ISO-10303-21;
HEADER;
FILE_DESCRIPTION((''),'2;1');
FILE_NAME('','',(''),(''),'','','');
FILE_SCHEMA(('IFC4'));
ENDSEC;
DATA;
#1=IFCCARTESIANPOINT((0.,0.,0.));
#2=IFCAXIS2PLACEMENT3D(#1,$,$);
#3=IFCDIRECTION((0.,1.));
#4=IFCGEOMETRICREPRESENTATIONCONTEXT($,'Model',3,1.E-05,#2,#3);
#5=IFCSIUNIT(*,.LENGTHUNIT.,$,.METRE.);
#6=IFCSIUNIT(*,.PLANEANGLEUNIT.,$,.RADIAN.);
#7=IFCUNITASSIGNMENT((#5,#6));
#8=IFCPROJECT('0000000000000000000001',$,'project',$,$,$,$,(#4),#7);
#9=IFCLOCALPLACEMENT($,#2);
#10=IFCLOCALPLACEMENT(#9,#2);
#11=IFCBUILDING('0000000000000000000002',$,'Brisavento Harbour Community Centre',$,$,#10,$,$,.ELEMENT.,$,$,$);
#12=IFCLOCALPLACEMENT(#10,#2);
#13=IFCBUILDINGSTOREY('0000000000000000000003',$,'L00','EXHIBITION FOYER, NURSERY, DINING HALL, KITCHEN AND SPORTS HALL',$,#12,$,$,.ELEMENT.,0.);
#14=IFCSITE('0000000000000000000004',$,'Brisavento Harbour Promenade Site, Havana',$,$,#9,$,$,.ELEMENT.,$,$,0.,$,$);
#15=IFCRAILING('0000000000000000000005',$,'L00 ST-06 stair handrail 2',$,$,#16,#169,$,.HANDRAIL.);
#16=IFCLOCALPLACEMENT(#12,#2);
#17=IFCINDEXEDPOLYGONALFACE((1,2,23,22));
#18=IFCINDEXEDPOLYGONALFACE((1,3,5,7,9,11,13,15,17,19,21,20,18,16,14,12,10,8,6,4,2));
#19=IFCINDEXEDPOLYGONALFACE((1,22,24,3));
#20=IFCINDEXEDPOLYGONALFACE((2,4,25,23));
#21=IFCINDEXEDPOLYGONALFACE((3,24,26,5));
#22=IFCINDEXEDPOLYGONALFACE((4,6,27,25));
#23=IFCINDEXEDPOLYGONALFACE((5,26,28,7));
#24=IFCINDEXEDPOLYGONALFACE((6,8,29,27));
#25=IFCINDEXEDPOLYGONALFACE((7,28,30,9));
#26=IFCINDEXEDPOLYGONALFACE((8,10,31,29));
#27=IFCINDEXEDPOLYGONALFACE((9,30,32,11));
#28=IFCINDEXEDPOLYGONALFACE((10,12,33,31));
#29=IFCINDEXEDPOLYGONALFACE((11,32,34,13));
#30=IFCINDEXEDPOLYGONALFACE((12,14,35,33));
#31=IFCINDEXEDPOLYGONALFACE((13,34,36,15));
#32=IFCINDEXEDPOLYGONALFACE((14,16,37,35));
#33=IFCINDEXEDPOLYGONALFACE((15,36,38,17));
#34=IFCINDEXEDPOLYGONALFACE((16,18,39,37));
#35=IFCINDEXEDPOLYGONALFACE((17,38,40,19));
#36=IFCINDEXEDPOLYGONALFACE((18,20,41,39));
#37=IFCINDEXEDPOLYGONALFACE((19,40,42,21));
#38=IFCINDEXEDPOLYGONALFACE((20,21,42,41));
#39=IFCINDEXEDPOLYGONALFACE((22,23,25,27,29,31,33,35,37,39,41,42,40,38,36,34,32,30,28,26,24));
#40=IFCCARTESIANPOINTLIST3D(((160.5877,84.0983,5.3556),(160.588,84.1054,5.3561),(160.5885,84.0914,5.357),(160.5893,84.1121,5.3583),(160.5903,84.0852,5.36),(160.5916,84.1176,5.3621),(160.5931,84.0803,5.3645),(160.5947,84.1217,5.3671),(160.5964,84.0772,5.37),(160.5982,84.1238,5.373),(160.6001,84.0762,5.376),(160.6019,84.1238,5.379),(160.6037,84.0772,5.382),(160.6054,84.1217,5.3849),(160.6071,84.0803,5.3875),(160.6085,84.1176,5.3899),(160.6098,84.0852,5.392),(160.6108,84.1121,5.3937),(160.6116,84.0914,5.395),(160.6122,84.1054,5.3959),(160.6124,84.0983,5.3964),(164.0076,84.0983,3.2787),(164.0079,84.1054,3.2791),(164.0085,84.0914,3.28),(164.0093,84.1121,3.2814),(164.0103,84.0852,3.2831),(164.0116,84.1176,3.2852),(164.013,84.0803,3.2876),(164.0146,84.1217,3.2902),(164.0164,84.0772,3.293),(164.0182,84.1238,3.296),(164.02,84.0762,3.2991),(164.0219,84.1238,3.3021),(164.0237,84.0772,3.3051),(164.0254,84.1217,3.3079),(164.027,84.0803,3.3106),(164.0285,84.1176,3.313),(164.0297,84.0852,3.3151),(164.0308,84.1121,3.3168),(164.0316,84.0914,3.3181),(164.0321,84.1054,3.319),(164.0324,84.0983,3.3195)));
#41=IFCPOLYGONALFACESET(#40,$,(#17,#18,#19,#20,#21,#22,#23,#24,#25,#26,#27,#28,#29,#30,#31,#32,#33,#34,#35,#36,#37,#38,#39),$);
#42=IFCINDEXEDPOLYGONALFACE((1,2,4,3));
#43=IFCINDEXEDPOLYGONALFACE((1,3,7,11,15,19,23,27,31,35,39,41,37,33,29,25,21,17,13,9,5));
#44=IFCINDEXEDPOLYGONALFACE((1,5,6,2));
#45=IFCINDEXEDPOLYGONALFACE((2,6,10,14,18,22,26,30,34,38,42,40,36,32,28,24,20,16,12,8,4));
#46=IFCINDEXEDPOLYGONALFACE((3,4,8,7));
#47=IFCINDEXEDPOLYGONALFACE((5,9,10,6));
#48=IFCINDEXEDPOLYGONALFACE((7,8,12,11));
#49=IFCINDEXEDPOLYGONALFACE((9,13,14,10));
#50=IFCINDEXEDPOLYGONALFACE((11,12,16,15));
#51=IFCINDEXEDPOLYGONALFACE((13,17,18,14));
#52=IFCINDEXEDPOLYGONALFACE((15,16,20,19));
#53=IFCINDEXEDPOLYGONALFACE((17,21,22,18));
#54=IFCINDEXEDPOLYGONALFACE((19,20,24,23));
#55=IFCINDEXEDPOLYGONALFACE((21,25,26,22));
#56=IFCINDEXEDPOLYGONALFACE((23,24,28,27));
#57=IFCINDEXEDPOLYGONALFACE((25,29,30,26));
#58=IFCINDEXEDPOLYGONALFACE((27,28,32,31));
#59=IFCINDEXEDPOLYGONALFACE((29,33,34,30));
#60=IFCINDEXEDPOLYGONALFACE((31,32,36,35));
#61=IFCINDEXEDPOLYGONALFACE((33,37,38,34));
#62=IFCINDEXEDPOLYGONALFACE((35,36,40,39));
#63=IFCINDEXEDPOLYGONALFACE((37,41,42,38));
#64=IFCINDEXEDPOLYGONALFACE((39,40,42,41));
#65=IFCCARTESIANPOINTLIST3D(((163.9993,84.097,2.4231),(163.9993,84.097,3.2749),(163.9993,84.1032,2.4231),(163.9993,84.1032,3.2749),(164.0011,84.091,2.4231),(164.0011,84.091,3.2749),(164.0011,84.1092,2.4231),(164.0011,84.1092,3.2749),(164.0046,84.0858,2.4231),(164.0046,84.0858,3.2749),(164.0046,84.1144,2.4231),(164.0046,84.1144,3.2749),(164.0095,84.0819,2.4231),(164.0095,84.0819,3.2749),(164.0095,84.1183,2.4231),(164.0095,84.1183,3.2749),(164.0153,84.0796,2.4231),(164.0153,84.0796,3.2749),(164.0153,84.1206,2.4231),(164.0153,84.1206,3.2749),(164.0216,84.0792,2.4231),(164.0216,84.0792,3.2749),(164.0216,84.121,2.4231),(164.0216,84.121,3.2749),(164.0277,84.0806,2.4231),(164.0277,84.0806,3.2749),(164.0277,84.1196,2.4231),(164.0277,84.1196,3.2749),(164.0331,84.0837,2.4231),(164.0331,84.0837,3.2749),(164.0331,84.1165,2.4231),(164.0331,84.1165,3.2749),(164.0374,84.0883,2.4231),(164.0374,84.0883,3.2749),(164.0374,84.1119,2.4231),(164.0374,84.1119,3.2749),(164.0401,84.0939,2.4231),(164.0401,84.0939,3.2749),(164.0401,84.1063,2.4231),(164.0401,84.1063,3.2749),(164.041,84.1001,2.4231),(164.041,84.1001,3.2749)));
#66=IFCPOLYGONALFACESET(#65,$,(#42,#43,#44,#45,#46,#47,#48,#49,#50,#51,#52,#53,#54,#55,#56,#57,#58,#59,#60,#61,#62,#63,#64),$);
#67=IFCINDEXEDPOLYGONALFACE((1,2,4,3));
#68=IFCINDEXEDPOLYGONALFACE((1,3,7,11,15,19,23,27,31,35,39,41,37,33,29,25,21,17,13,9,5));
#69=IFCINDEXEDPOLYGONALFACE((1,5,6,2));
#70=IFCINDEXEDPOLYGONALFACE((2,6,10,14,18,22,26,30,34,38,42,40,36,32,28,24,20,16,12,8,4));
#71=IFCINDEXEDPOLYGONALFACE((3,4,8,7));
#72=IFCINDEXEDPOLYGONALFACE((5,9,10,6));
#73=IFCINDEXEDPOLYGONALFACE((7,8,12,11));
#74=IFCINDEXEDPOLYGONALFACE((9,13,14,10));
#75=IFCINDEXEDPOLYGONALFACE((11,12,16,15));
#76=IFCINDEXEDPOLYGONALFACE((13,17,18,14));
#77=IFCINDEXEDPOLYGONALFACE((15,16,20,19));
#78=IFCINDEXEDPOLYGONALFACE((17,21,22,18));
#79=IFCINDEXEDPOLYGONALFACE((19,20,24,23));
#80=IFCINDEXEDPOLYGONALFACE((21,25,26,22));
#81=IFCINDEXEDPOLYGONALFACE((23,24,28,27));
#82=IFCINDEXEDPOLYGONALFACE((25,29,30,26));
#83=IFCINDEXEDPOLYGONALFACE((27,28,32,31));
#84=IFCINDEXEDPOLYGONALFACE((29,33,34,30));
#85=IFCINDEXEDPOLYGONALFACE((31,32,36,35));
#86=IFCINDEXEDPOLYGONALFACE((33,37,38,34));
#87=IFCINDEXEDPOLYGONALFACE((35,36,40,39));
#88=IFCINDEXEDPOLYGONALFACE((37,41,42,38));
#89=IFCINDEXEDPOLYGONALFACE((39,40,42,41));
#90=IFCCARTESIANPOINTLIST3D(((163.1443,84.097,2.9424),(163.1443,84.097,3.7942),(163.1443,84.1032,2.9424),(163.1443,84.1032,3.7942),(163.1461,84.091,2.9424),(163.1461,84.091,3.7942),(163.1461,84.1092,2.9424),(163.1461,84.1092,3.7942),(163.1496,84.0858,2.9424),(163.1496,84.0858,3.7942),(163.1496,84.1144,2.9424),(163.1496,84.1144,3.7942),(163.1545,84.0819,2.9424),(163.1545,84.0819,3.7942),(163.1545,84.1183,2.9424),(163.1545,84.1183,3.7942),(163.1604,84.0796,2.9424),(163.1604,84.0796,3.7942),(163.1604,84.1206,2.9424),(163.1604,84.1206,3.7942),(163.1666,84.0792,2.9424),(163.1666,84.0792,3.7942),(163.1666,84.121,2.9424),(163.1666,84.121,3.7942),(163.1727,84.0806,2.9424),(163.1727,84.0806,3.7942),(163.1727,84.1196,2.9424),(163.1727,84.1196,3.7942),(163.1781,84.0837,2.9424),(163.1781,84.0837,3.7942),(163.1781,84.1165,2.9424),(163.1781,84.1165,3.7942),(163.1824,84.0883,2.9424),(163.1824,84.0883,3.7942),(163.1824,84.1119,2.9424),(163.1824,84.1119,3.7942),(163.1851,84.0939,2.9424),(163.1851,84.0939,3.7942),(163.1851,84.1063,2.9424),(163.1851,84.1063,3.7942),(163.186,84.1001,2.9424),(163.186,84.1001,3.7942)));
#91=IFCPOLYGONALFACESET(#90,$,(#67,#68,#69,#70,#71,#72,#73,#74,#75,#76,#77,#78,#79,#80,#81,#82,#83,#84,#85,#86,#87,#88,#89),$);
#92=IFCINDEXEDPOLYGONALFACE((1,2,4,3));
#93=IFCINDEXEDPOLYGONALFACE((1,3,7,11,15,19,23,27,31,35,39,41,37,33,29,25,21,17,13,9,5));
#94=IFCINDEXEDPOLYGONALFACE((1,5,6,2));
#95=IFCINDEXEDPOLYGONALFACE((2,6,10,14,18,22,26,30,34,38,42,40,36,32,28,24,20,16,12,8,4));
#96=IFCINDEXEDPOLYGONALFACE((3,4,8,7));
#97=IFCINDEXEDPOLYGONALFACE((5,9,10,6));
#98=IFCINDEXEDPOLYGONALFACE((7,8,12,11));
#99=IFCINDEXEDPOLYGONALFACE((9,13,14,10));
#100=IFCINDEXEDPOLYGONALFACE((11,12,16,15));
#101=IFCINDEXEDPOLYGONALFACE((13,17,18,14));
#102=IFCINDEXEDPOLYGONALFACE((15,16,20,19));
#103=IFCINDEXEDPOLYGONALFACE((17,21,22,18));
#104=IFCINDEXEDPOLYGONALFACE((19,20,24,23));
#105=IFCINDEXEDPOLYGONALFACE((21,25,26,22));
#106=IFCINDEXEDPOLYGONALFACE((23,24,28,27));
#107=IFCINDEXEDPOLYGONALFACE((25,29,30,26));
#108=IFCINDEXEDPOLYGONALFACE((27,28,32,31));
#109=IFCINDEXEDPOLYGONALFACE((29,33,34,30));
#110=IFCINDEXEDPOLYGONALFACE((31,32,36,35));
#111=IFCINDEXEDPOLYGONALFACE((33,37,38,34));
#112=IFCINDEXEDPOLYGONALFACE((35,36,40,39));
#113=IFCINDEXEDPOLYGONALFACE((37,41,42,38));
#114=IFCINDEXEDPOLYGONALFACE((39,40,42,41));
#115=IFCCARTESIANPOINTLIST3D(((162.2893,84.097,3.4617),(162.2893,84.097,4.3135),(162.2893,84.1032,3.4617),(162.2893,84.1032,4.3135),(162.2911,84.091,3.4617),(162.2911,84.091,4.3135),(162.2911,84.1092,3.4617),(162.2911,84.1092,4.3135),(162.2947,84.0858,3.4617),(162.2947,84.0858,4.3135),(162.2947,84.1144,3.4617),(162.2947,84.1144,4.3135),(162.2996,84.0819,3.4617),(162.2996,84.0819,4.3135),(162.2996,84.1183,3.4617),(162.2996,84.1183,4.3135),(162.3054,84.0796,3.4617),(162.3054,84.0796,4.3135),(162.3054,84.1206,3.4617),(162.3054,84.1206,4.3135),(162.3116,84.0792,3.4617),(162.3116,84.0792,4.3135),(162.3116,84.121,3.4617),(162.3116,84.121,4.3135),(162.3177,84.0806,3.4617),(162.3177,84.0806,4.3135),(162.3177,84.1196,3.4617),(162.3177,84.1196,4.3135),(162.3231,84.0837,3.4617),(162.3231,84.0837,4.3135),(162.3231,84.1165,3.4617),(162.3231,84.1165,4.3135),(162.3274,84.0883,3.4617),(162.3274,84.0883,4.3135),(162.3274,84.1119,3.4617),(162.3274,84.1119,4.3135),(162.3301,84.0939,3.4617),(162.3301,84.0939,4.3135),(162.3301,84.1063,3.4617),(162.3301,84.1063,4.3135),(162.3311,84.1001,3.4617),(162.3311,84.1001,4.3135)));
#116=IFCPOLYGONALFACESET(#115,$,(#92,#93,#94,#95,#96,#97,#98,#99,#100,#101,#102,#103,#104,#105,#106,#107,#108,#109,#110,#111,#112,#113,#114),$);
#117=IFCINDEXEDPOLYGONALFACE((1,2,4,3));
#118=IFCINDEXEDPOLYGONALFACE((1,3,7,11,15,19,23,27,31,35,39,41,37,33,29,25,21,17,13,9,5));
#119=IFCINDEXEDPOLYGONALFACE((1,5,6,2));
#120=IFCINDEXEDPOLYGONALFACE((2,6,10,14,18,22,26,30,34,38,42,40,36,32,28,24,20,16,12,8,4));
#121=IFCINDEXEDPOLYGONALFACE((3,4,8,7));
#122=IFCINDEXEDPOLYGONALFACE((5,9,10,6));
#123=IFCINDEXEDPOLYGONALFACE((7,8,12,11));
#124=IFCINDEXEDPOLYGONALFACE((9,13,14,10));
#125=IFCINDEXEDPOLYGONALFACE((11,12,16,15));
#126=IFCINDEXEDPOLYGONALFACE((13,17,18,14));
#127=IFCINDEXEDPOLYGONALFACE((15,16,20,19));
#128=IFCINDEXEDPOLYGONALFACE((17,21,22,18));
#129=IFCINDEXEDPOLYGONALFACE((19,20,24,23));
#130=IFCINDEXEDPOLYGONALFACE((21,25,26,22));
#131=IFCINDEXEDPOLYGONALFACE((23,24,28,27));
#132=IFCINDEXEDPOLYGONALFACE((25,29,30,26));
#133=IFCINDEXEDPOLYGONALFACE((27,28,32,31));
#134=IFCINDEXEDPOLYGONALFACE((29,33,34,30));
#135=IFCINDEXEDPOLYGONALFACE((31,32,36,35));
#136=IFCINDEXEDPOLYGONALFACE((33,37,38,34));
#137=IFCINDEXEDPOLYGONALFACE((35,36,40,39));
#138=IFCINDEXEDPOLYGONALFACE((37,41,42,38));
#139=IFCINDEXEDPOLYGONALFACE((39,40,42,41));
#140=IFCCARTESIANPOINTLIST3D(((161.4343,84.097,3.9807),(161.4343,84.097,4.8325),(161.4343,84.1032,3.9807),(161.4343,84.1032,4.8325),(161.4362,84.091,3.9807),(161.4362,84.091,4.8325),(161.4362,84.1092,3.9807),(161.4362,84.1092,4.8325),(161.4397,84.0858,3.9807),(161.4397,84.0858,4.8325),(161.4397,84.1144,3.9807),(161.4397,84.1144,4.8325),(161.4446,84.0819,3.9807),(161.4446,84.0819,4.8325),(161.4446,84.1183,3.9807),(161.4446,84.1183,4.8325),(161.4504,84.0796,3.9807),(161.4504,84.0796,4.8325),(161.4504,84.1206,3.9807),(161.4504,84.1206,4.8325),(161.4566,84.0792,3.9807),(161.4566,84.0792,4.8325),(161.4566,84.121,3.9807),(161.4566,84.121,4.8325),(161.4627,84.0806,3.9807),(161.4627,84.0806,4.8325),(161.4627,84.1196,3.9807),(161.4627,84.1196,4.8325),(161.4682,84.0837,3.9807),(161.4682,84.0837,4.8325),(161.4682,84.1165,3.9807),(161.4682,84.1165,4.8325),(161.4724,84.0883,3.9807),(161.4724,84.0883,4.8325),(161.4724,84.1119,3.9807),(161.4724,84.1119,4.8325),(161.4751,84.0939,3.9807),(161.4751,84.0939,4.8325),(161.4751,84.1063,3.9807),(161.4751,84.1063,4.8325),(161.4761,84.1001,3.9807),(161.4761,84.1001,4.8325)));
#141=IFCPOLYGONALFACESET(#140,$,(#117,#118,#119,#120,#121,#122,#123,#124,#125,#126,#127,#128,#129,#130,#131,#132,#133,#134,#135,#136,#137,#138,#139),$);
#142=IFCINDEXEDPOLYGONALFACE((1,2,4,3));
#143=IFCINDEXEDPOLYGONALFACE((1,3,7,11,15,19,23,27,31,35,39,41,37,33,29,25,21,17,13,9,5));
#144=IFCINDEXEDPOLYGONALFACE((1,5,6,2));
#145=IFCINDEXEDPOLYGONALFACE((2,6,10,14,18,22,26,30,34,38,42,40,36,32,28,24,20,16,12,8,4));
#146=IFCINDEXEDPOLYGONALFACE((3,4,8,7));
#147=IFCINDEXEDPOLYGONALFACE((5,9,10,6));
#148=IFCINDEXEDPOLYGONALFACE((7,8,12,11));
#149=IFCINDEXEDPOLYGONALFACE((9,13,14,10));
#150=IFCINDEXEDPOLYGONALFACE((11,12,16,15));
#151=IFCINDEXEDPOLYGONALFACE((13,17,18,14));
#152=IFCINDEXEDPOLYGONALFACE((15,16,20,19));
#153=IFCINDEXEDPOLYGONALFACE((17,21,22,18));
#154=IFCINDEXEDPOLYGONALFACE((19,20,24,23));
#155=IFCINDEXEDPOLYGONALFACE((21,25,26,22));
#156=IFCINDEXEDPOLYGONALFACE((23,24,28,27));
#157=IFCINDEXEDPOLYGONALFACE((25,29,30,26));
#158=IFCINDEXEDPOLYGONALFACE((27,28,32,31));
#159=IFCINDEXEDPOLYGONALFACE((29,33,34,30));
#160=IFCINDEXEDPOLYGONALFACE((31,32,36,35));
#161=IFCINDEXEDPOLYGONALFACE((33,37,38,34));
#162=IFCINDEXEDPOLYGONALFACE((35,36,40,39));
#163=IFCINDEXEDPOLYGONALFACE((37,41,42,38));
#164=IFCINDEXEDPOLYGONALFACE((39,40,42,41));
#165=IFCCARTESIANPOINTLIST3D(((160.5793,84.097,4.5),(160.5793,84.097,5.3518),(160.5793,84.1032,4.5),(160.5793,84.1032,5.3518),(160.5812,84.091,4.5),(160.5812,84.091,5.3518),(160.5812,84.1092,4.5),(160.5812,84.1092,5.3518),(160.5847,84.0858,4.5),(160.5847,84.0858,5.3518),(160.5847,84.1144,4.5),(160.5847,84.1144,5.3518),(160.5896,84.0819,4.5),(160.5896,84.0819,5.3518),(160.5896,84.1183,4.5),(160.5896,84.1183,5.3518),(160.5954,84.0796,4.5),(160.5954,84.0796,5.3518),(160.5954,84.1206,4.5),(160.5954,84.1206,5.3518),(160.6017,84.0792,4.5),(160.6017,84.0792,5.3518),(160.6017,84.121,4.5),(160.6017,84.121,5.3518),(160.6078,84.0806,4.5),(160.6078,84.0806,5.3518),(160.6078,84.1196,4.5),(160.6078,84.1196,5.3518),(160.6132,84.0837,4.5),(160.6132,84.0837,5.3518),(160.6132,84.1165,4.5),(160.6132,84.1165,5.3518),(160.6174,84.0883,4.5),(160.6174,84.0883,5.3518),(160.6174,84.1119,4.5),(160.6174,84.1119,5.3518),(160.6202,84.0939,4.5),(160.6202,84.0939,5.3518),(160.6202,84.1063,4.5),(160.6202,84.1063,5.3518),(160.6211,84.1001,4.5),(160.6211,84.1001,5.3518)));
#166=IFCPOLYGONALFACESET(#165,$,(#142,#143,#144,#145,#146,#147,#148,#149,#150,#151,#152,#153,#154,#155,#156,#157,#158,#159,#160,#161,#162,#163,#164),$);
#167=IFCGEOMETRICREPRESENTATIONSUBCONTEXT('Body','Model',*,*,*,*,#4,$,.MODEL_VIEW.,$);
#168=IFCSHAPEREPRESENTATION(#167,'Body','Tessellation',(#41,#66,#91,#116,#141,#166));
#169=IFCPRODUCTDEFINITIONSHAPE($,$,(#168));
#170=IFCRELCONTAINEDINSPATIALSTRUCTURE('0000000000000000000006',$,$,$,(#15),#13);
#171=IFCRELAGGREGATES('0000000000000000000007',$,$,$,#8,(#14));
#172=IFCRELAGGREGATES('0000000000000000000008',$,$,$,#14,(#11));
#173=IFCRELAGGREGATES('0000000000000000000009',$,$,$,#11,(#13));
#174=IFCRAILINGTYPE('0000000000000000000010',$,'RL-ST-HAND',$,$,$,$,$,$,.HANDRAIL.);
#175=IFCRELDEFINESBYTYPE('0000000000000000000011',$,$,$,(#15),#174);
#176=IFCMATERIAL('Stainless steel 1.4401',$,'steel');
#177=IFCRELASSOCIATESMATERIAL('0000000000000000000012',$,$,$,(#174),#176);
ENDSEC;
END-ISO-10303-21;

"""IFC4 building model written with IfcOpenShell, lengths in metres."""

from ifc_helpers import new_model, si_unit, direction, frame, origin, origin_2d, place, context, subcontext, project, spatial, circle, extrude, material, type_object, element, save


model = new_model("IFC4")

# Units and contexts
model_context = context("Model", 3, precision=1e-05, world=origin(), true_north=direction((0.0, 1.0)))
body_context = subcontext(model_context, "Body", "Model", "MODEL_VIEW")
ifc_project = project(units=[si_unit("LENGTHUNIT", "METRE"), si_unit("PLANEANGLEUNIT", "RADIAN")], contexts=[model_context])

# Site, building, storey
site_placement = place(None, origin())
site = spatial("IfcSite", under=ifc_project, at=site_placement, Name="Brisavento Harbour Promenade Site, Havana", CompositionType="ELEMENT", RefElevation=0.0)
building_placement = place(site_placement, origin())
building = spatial("IfcBuilding", under=site, at=building_placement, Name="Brisavento Harbour Community Centre", CompositionType="ELEMENT")
storey_placement = place(building_placement, origin())
storey = spatial("IfcBuildingStorey", under=building, at=storey_placement, Name="L00", Description="EXHIBITION FOYER, NURSERY, DINING HALL, KITCHEN AND SPORTS HALL", CompositionType="ELEMENT", Elevation=0.0)

# Railing
ifc_material_1 = material(Name="Stainless steel 1.4401", Category="steel")
railing_type_1 = type_object("IfcRailingType", Name="RL-ST-HAND", PredefinedType="HANDRAIL", material=ifc_material_1)
railing_1_placement = place(storey_placement, frame((164.02, 84.1001, 2.4231)))
element("IfcRailing", 1, at=railing_1_placement, inside=storey, type_object=railing_type_1, Name="L00 ST-06 stair handrail 2", PredefinedType="HANDRAIL", context=body_context, shape_type="SweptSolid", body=[
    extrude(circle(Radius=0.0239, at=origin_2d()), frame((0.0, 0.0, 0.876), z_axis=(-0.85473, 0.0, 0.519074), x_axis=(0.0, -1.0, 0.0)), (0.0, 0.0, 1.0), 4.0012),
    extrude(circle(Radius=0.021, at=origin_2d()), origin(), (0.0, 0.0, 1.0), 0.8518),
    extrude(circle(Radius=0.021, at=origin_2d()), frame((-0.855, 0.0, 0.5193)), (0.0, 0.0, 1.0), 0.8518),
    extrude(circle(Radius=0.021, at=origin_2d()), frame((-1.71, 0.0, 1.0386)), (0.0, 0.0, 1.0), 0.8518),
    extrude(circle(Radius=0.021, at=origin_2d()), frame((-2.5649, 0.0, 1.5576)), (0.0, 0.0, 1.0), 0.8518),
    extrude(circle(Radius=0.021, at=origin_2d()), frame((-3.4199, 0.0, 2.0769)), (0.0, 0.0, 1.0), 0.8518),
])

save(model, "model.ifc")
